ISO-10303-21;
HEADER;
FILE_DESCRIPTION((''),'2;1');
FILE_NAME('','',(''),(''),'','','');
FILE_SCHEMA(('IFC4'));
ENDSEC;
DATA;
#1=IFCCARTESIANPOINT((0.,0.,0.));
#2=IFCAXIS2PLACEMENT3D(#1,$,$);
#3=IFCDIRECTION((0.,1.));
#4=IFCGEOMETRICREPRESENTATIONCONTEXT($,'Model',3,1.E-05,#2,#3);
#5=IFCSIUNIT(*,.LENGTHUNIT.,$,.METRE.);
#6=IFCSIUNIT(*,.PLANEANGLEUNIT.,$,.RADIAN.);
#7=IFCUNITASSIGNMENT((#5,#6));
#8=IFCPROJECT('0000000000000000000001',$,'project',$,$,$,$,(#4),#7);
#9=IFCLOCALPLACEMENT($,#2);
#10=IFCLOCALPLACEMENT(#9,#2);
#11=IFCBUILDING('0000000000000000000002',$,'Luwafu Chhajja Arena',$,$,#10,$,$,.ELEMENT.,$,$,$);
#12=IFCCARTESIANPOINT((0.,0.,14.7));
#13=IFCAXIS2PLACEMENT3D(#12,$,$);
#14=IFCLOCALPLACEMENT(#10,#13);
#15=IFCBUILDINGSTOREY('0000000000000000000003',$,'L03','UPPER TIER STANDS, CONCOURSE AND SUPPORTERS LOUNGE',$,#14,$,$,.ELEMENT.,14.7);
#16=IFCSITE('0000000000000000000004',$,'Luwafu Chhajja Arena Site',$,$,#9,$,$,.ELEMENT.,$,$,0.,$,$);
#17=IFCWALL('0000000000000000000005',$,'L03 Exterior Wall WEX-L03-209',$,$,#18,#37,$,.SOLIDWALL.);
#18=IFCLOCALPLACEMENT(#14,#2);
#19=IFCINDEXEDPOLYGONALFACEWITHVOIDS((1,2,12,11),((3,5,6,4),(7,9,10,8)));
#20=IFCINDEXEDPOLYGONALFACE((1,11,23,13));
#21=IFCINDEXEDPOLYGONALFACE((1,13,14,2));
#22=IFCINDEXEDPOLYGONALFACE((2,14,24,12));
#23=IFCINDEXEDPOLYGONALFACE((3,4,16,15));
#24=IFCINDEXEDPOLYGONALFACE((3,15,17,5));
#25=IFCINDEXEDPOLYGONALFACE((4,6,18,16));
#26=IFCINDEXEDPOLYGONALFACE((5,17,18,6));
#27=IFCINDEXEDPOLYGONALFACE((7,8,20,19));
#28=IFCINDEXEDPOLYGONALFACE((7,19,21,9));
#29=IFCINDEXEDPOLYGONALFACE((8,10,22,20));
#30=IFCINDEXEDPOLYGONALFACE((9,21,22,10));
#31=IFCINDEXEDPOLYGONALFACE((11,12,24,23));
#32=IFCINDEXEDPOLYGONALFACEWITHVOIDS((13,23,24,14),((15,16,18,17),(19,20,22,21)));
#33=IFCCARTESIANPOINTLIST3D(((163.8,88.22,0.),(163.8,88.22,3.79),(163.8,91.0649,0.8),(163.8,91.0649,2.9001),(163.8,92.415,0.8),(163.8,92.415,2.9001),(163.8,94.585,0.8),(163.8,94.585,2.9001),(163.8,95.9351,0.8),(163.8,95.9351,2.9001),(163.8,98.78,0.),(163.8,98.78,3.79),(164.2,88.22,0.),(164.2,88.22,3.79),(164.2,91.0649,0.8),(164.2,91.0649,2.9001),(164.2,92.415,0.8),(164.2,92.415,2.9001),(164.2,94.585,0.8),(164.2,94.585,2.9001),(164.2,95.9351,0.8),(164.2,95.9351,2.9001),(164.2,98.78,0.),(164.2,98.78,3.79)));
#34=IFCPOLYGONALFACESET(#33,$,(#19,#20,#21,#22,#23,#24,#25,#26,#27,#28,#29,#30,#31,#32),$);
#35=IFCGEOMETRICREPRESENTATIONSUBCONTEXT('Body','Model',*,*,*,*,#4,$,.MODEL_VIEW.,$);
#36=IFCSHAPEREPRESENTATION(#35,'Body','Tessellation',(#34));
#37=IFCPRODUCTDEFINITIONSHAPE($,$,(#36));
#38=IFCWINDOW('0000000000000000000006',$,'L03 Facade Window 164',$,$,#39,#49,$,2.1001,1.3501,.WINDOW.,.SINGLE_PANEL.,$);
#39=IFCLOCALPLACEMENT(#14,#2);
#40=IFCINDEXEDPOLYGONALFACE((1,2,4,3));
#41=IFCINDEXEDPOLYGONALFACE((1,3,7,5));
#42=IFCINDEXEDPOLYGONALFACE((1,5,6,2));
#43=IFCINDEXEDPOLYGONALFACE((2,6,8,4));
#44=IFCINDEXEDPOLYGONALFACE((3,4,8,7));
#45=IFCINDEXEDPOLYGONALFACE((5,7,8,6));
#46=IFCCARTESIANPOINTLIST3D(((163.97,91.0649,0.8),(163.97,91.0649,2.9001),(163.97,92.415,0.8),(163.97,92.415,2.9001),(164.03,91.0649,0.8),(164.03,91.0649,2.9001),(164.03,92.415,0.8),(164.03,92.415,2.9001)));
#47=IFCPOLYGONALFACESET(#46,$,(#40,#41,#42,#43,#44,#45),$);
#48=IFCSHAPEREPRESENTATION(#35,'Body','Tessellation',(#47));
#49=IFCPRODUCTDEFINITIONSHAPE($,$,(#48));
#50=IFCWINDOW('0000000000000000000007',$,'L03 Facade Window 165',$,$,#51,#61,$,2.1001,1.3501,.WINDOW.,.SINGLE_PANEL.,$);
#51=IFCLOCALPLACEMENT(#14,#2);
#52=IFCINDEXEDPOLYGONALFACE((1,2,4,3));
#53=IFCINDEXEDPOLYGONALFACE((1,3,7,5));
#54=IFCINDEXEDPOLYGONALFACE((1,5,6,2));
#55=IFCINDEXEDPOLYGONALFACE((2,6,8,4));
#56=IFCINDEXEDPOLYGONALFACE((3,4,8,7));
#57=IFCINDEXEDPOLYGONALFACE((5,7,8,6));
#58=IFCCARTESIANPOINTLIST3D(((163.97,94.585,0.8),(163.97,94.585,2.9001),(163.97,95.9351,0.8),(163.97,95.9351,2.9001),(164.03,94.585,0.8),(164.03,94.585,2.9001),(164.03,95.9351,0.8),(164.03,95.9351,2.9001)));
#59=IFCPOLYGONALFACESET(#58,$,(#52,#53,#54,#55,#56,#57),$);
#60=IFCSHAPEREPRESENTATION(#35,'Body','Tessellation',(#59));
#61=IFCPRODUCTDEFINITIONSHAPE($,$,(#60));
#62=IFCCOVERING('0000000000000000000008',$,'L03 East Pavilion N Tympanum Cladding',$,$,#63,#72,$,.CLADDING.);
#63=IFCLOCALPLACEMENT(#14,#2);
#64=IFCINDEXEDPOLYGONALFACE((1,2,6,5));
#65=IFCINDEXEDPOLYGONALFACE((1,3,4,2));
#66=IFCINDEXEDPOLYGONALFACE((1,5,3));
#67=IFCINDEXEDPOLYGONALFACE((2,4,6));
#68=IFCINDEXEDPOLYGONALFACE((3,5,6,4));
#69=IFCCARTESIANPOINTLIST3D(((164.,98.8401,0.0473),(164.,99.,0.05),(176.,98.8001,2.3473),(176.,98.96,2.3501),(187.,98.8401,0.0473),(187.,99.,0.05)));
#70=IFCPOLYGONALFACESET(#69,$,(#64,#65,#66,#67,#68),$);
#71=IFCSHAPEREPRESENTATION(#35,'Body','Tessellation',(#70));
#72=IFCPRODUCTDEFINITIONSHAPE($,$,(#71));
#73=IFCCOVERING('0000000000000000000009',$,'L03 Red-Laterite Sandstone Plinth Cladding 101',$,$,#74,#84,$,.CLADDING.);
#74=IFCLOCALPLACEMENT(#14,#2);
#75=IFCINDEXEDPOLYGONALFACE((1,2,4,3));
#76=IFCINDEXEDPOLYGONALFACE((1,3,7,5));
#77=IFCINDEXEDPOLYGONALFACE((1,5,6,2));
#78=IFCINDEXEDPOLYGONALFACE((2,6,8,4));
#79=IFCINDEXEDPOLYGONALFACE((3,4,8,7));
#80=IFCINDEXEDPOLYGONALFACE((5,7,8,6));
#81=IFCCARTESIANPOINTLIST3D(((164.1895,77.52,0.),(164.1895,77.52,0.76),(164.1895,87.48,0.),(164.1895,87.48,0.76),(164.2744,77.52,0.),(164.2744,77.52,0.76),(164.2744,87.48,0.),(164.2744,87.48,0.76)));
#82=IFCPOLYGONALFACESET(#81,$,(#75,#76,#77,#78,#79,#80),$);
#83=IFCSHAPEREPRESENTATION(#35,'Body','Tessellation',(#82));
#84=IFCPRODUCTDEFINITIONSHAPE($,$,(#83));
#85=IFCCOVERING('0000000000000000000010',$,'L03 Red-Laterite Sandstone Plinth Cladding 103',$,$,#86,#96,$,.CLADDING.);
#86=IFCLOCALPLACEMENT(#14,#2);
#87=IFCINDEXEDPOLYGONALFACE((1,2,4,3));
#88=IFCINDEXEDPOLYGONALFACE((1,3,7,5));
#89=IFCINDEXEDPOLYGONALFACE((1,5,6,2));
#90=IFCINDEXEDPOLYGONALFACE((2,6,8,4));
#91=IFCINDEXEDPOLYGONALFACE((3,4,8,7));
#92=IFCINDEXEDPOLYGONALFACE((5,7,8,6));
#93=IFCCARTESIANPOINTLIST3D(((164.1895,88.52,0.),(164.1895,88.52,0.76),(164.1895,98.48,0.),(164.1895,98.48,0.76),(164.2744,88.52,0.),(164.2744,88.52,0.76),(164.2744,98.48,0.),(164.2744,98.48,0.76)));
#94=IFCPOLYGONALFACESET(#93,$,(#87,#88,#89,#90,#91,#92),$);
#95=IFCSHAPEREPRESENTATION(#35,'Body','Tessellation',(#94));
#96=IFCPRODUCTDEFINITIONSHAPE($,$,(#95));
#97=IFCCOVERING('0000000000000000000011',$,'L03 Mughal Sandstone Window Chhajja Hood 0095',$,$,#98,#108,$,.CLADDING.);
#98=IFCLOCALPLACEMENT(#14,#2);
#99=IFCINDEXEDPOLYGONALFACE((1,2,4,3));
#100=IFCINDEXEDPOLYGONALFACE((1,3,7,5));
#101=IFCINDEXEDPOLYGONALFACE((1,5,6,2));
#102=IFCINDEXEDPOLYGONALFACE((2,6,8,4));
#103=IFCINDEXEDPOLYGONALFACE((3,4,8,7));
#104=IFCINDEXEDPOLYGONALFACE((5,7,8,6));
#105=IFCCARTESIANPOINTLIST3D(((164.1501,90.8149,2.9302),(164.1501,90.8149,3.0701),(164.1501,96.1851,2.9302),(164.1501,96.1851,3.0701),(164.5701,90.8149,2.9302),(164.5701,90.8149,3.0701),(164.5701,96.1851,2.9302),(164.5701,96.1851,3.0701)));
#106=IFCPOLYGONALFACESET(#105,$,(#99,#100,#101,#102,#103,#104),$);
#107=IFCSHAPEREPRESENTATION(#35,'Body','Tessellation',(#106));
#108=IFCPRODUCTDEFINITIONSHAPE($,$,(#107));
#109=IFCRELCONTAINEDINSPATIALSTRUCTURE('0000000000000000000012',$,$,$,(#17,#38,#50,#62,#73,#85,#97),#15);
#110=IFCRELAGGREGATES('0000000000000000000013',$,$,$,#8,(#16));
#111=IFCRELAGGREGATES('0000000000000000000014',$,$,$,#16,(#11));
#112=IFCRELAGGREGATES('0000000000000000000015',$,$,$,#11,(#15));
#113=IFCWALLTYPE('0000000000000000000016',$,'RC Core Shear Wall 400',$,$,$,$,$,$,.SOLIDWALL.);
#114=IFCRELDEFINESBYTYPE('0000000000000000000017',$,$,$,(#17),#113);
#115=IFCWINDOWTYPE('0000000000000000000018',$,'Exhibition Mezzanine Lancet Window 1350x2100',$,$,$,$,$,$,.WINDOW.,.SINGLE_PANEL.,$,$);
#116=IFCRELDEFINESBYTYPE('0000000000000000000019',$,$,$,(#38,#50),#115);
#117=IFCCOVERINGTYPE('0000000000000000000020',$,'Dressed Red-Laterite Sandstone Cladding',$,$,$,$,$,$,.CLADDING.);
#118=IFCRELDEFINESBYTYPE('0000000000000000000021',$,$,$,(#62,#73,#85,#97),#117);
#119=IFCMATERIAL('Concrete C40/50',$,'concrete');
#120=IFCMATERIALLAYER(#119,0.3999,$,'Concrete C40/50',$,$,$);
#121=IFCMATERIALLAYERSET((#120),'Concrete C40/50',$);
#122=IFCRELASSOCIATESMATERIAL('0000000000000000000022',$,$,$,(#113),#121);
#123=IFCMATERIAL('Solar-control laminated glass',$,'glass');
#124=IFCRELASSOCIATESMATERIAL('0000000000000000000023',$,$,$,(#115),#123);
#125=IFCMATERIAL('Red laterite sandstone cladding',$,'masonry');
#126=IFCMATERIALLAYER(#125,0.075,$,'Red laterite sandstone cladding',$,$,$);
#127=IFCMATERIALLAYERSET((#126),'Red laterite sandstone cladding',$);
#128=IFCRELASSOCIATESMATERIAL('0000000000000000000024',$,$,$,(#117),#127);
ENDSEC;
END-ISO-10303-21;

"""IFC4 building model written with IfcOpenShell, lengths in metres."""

from ifc_helpers import new_model, si_unit, direction, frame, frame_2d, origin, origin_2d, place, context, subcontext, project, spatial, polyline, rectangle, outline, extrude, material, layer, layer_set, type_object, element, fill, save


model = new_model("IFC4")

# Units and contexts
model_context = context("Model", 3, precision=1e-05, world=origin(), true_north=direction((0.0, 1.0)))
body_context = subcontext(model_context, "Body", "Model", "MODEL_VIEW")
ifc_project = project(units=[si_unit("LENGTHUNIT", "METRE"), si_unit("PLANEANGLEUNIT", "RADIAN")], contexts=[model_context])

# Site, building, storey
site_placement = place(None, origin())
site = spatial("IfcSite", under=ifc_project, at=site_placement, Name="Luwafu Chhajja Arena Site", CompositionType="ELEMENT", RefElevation=0.0)
building_placement = place(site_placement, origin())
building = spatial("IfcBuilding", under=site, at=building_placement, Name="Luwafu Chhajja Arena", CompositionType="ELEMENT")
storey_placement = place(building_placement, frame((0.0, 0.0, 14.7)))
storey = spatial("IfcBuildingStorey", under=building, at=storey_placement, Name="L03", Description="UPPER TIER STANDS, CONCOURSE AND SUPPORTERS LOUNGE", CompositionType="ELEMENT", Elevation=14.7)

# Shared definitions
ifc_material_1 = material(Name="Concrete C40/50", Category="concrete")
ifc_layer_1 = layer(ifc_material_1, 0.3999, Name="Concrete C40/50")
ifc_layer_set_1 = layer_set([ifc_layer_1], Name="Concrete C40/50")
wall_type_1 = type_object("IfcWallType", Name="RC Core Shear Wall 400", PredefinedType="SOLIDWALL", material=ifc_layer_set_1)

# Wall, openings, windows
wall_1_placement = place(storey_placement, frame((164.0, 88.22, 0.0), z_axis=(0.0, 0.0, 1.0), x_axis=(0.0, 1.0, 0.0)))
wall_1 = element("IfcWall", 1, at=wall_1_placement, inside=storey, type_object=wall_type_1, Name="L03 Exterior Wall WEX-L03-209", PredefinedType="SOLIDWALL", context=body_context, shape_type="SweptSolid", body=[
    extrude(rectangle(XDim=10.5601, YDim=0.3999, at=frame_2d((5.28, 0.0))), origin(), (0.0, 0.0, 1.0), 3.79),
])
opening_1_placement = place(wall_1_placement, frame((2.845, 0.0, 0.8)))
opening_1 = element("IfcOpeningElement", 2, at=opening_1_placement, cuts=wall_1, PredefinedType="OPENING", context=body_context, shape_type="SweptSolid", body=[
    extrude(rectangle(XDim=1.3501, YDim=2.1001, at=frame_2d((0.675, 1.05))), frame((0.0, 0.21, 0.0), z_axis=(0.0, -1.0, 0.0), x_axis=(1.0, 0.0, 0.0)), (0.0, 0.0, 1.0), 0.4199),
])
opening_2_placement = place(wall_1_placement, frame((6.365, 0.0, 0.8)))
opening_2 = element("IfcOpeningElement", 3, at=opening_2_placement, cuts=wall_1, PredefinedType="OPENING", context=body_context, shape_type="SweptSolid", body=[
    extrude(rectangle(XDim=1.3501, YDim=2.1001, at=frame_2d((0.675, 1.05))), frame((0.0, 0.21, 0.0), z_axis=(0.0, -1.0, 0.0), x_axis=(1.0, 0.0, 0.0)), (0.0, 0.0, 1.0), 0.4199),
])
ifc_material_2 = material(Name="Solar-control laminated glass", Category="glass")
window_type = type_object("IfcWindowType", Name="Exhibition Mezzanine Lancet Window 1350x2100", PartitioningType="SINGLE_PANEL", PredefinedType="WINDOW", material=ifc_material_2)
window_1_placement = place(opening_1_placement, origin())
window_1 = element("IfcWindow", 4, at=window_1_placement, inside=storey, type_object=window_type, Name="L03 Facade Window 164", OverallHeight=2.1001, OverallWidth=1.3501, PartitioningType="SINGLE_PANEL", PredefinedType="WINDOW", context=body_context, shape_type="SweptSolid", body=[
    extrude(rectangle(XDim=1.3501, YDim=2.1001, at=frame_2d((0.675, 1.05))), frame((0.0, 0.03, 0.0), z_axis=(0.0, -1.0, 0.0), x_axis=(1.0, 0.0, 0.0)), (0.0, 0.0, 1.0), 0.0601),
])
fill(opening_1, window_1)
window_2_placement = place(opening_2_placement, origin())
window_2 = element("IfcWindow", 5, at=window_2_placement, inside=storey, type_object=window_type, Name="L03 Facade Window 165", OverallHeight=2.1001, OverallWidth=1.3501, PartitioningType="SINGLE_PANEL", PredefinedType="WINDOW", context=body_context, shape_type="SweptSolid", body=[
    extrude(rectangle(XDim=1.3501, YDim=2.1001, at=frame_2d((0.675, 1.05))), frame((0.0, 0.03, 0.0), z_axis=(0.0, -1.0, 0.0), x_axis=(1.0, 0.0, 0.0)), (0.0, 0.0, 1.0), 0.0601),
])
fill(opening_2, window_2)

# Coverings
ifc_material_3 = material(Name="Red laterite sandstone cladding", Category="masonry")
ifc_layer_2 = layer(ifc_material_3, 0.075, Name="Red laterite sandstone cladding")
ifc_layer_set_2 = layer_set([ifc_layer_2], Name="Red laterite sandstone cladding")
covering_type = type_object("IfcCoveringType", Name="Dressed Red-Laterite Sandstone Cladding", PredefinedType="CLADDING", material=ifc_layer_set_2)
covering_1_placement = place(storey_placement, frame((187.0, 99.0, 0.05), z_axis=(0.0, 0.999849, 0.017405), x_axis=(-1.0, 0.0, 0.0)))
element("IfcCovering", 6, at=covering_1_placement, inside=storey, type_object=covering_type, Name="L03 East Pavilion N Tympanum Cladding", PredefinedType="CLADDING", context=body_context, shape_type="SweptSolid", body=[
    extrude(outline(polyline([(0.0, 0.0), (23.0, 0.0), (11.0, 2.3004), (0.0, 0.0)])), origin(), (0.0, 0.0, -1.0), 0.1599),
])
for number, where, z_axis, x_axis, name in (
    (7, (164.2319, 82.5, 0.0), (0.0, 0.0, 1.0), (0.0, 1.0, 0.0), "L03 Red-Laterite Sandstone Plinth Cladding 101"),
    (8, (164.2319, 93.5, 0.0), (0.0, 0.0, 1.0), (0.0, 1.0, 0.0), "L03 Red-Laterite Sandstone Plinth Cladding 103"),
):
    element("IfcCovering", number, at=place(storey_placement, frame(where, z_axis=z_axis, x_axis=x_axis)), inside=storey, type_object=covering_type, Name=name, PredefinedType="CLADDING", context=body_context, shape_type="SweptSolid", body=[
        extrude(rectangle(XDim=9.96, YDim=0.085, at=origin_2d()), origin(), (0.0, 0.0, 1.0), 0.76),
    ])
covering_2_placement = place(storey_placement, frame((164.3601, 93.5, 2.9302), z_axis=(0.0, 0.0, 1.0), x_axis=(0.0, 1.0, 0.0)))
element("IfcCovering", 9, at=covering_2_placement, inside=storey, type_object=covering_type, Name="L03 Mughal Sandstone Window Chhajja Hood 0095", PredefinedType="CLADDING", context=body_context, shape_type="SweptSolid", body=[
    extrude(rectangle(XDim=5.3701, YDim=0.4199, at=origin_2d()), origin(), (0.0, 0.0, 1.0), 0.1399),
])

save(model, "model.ifc")
